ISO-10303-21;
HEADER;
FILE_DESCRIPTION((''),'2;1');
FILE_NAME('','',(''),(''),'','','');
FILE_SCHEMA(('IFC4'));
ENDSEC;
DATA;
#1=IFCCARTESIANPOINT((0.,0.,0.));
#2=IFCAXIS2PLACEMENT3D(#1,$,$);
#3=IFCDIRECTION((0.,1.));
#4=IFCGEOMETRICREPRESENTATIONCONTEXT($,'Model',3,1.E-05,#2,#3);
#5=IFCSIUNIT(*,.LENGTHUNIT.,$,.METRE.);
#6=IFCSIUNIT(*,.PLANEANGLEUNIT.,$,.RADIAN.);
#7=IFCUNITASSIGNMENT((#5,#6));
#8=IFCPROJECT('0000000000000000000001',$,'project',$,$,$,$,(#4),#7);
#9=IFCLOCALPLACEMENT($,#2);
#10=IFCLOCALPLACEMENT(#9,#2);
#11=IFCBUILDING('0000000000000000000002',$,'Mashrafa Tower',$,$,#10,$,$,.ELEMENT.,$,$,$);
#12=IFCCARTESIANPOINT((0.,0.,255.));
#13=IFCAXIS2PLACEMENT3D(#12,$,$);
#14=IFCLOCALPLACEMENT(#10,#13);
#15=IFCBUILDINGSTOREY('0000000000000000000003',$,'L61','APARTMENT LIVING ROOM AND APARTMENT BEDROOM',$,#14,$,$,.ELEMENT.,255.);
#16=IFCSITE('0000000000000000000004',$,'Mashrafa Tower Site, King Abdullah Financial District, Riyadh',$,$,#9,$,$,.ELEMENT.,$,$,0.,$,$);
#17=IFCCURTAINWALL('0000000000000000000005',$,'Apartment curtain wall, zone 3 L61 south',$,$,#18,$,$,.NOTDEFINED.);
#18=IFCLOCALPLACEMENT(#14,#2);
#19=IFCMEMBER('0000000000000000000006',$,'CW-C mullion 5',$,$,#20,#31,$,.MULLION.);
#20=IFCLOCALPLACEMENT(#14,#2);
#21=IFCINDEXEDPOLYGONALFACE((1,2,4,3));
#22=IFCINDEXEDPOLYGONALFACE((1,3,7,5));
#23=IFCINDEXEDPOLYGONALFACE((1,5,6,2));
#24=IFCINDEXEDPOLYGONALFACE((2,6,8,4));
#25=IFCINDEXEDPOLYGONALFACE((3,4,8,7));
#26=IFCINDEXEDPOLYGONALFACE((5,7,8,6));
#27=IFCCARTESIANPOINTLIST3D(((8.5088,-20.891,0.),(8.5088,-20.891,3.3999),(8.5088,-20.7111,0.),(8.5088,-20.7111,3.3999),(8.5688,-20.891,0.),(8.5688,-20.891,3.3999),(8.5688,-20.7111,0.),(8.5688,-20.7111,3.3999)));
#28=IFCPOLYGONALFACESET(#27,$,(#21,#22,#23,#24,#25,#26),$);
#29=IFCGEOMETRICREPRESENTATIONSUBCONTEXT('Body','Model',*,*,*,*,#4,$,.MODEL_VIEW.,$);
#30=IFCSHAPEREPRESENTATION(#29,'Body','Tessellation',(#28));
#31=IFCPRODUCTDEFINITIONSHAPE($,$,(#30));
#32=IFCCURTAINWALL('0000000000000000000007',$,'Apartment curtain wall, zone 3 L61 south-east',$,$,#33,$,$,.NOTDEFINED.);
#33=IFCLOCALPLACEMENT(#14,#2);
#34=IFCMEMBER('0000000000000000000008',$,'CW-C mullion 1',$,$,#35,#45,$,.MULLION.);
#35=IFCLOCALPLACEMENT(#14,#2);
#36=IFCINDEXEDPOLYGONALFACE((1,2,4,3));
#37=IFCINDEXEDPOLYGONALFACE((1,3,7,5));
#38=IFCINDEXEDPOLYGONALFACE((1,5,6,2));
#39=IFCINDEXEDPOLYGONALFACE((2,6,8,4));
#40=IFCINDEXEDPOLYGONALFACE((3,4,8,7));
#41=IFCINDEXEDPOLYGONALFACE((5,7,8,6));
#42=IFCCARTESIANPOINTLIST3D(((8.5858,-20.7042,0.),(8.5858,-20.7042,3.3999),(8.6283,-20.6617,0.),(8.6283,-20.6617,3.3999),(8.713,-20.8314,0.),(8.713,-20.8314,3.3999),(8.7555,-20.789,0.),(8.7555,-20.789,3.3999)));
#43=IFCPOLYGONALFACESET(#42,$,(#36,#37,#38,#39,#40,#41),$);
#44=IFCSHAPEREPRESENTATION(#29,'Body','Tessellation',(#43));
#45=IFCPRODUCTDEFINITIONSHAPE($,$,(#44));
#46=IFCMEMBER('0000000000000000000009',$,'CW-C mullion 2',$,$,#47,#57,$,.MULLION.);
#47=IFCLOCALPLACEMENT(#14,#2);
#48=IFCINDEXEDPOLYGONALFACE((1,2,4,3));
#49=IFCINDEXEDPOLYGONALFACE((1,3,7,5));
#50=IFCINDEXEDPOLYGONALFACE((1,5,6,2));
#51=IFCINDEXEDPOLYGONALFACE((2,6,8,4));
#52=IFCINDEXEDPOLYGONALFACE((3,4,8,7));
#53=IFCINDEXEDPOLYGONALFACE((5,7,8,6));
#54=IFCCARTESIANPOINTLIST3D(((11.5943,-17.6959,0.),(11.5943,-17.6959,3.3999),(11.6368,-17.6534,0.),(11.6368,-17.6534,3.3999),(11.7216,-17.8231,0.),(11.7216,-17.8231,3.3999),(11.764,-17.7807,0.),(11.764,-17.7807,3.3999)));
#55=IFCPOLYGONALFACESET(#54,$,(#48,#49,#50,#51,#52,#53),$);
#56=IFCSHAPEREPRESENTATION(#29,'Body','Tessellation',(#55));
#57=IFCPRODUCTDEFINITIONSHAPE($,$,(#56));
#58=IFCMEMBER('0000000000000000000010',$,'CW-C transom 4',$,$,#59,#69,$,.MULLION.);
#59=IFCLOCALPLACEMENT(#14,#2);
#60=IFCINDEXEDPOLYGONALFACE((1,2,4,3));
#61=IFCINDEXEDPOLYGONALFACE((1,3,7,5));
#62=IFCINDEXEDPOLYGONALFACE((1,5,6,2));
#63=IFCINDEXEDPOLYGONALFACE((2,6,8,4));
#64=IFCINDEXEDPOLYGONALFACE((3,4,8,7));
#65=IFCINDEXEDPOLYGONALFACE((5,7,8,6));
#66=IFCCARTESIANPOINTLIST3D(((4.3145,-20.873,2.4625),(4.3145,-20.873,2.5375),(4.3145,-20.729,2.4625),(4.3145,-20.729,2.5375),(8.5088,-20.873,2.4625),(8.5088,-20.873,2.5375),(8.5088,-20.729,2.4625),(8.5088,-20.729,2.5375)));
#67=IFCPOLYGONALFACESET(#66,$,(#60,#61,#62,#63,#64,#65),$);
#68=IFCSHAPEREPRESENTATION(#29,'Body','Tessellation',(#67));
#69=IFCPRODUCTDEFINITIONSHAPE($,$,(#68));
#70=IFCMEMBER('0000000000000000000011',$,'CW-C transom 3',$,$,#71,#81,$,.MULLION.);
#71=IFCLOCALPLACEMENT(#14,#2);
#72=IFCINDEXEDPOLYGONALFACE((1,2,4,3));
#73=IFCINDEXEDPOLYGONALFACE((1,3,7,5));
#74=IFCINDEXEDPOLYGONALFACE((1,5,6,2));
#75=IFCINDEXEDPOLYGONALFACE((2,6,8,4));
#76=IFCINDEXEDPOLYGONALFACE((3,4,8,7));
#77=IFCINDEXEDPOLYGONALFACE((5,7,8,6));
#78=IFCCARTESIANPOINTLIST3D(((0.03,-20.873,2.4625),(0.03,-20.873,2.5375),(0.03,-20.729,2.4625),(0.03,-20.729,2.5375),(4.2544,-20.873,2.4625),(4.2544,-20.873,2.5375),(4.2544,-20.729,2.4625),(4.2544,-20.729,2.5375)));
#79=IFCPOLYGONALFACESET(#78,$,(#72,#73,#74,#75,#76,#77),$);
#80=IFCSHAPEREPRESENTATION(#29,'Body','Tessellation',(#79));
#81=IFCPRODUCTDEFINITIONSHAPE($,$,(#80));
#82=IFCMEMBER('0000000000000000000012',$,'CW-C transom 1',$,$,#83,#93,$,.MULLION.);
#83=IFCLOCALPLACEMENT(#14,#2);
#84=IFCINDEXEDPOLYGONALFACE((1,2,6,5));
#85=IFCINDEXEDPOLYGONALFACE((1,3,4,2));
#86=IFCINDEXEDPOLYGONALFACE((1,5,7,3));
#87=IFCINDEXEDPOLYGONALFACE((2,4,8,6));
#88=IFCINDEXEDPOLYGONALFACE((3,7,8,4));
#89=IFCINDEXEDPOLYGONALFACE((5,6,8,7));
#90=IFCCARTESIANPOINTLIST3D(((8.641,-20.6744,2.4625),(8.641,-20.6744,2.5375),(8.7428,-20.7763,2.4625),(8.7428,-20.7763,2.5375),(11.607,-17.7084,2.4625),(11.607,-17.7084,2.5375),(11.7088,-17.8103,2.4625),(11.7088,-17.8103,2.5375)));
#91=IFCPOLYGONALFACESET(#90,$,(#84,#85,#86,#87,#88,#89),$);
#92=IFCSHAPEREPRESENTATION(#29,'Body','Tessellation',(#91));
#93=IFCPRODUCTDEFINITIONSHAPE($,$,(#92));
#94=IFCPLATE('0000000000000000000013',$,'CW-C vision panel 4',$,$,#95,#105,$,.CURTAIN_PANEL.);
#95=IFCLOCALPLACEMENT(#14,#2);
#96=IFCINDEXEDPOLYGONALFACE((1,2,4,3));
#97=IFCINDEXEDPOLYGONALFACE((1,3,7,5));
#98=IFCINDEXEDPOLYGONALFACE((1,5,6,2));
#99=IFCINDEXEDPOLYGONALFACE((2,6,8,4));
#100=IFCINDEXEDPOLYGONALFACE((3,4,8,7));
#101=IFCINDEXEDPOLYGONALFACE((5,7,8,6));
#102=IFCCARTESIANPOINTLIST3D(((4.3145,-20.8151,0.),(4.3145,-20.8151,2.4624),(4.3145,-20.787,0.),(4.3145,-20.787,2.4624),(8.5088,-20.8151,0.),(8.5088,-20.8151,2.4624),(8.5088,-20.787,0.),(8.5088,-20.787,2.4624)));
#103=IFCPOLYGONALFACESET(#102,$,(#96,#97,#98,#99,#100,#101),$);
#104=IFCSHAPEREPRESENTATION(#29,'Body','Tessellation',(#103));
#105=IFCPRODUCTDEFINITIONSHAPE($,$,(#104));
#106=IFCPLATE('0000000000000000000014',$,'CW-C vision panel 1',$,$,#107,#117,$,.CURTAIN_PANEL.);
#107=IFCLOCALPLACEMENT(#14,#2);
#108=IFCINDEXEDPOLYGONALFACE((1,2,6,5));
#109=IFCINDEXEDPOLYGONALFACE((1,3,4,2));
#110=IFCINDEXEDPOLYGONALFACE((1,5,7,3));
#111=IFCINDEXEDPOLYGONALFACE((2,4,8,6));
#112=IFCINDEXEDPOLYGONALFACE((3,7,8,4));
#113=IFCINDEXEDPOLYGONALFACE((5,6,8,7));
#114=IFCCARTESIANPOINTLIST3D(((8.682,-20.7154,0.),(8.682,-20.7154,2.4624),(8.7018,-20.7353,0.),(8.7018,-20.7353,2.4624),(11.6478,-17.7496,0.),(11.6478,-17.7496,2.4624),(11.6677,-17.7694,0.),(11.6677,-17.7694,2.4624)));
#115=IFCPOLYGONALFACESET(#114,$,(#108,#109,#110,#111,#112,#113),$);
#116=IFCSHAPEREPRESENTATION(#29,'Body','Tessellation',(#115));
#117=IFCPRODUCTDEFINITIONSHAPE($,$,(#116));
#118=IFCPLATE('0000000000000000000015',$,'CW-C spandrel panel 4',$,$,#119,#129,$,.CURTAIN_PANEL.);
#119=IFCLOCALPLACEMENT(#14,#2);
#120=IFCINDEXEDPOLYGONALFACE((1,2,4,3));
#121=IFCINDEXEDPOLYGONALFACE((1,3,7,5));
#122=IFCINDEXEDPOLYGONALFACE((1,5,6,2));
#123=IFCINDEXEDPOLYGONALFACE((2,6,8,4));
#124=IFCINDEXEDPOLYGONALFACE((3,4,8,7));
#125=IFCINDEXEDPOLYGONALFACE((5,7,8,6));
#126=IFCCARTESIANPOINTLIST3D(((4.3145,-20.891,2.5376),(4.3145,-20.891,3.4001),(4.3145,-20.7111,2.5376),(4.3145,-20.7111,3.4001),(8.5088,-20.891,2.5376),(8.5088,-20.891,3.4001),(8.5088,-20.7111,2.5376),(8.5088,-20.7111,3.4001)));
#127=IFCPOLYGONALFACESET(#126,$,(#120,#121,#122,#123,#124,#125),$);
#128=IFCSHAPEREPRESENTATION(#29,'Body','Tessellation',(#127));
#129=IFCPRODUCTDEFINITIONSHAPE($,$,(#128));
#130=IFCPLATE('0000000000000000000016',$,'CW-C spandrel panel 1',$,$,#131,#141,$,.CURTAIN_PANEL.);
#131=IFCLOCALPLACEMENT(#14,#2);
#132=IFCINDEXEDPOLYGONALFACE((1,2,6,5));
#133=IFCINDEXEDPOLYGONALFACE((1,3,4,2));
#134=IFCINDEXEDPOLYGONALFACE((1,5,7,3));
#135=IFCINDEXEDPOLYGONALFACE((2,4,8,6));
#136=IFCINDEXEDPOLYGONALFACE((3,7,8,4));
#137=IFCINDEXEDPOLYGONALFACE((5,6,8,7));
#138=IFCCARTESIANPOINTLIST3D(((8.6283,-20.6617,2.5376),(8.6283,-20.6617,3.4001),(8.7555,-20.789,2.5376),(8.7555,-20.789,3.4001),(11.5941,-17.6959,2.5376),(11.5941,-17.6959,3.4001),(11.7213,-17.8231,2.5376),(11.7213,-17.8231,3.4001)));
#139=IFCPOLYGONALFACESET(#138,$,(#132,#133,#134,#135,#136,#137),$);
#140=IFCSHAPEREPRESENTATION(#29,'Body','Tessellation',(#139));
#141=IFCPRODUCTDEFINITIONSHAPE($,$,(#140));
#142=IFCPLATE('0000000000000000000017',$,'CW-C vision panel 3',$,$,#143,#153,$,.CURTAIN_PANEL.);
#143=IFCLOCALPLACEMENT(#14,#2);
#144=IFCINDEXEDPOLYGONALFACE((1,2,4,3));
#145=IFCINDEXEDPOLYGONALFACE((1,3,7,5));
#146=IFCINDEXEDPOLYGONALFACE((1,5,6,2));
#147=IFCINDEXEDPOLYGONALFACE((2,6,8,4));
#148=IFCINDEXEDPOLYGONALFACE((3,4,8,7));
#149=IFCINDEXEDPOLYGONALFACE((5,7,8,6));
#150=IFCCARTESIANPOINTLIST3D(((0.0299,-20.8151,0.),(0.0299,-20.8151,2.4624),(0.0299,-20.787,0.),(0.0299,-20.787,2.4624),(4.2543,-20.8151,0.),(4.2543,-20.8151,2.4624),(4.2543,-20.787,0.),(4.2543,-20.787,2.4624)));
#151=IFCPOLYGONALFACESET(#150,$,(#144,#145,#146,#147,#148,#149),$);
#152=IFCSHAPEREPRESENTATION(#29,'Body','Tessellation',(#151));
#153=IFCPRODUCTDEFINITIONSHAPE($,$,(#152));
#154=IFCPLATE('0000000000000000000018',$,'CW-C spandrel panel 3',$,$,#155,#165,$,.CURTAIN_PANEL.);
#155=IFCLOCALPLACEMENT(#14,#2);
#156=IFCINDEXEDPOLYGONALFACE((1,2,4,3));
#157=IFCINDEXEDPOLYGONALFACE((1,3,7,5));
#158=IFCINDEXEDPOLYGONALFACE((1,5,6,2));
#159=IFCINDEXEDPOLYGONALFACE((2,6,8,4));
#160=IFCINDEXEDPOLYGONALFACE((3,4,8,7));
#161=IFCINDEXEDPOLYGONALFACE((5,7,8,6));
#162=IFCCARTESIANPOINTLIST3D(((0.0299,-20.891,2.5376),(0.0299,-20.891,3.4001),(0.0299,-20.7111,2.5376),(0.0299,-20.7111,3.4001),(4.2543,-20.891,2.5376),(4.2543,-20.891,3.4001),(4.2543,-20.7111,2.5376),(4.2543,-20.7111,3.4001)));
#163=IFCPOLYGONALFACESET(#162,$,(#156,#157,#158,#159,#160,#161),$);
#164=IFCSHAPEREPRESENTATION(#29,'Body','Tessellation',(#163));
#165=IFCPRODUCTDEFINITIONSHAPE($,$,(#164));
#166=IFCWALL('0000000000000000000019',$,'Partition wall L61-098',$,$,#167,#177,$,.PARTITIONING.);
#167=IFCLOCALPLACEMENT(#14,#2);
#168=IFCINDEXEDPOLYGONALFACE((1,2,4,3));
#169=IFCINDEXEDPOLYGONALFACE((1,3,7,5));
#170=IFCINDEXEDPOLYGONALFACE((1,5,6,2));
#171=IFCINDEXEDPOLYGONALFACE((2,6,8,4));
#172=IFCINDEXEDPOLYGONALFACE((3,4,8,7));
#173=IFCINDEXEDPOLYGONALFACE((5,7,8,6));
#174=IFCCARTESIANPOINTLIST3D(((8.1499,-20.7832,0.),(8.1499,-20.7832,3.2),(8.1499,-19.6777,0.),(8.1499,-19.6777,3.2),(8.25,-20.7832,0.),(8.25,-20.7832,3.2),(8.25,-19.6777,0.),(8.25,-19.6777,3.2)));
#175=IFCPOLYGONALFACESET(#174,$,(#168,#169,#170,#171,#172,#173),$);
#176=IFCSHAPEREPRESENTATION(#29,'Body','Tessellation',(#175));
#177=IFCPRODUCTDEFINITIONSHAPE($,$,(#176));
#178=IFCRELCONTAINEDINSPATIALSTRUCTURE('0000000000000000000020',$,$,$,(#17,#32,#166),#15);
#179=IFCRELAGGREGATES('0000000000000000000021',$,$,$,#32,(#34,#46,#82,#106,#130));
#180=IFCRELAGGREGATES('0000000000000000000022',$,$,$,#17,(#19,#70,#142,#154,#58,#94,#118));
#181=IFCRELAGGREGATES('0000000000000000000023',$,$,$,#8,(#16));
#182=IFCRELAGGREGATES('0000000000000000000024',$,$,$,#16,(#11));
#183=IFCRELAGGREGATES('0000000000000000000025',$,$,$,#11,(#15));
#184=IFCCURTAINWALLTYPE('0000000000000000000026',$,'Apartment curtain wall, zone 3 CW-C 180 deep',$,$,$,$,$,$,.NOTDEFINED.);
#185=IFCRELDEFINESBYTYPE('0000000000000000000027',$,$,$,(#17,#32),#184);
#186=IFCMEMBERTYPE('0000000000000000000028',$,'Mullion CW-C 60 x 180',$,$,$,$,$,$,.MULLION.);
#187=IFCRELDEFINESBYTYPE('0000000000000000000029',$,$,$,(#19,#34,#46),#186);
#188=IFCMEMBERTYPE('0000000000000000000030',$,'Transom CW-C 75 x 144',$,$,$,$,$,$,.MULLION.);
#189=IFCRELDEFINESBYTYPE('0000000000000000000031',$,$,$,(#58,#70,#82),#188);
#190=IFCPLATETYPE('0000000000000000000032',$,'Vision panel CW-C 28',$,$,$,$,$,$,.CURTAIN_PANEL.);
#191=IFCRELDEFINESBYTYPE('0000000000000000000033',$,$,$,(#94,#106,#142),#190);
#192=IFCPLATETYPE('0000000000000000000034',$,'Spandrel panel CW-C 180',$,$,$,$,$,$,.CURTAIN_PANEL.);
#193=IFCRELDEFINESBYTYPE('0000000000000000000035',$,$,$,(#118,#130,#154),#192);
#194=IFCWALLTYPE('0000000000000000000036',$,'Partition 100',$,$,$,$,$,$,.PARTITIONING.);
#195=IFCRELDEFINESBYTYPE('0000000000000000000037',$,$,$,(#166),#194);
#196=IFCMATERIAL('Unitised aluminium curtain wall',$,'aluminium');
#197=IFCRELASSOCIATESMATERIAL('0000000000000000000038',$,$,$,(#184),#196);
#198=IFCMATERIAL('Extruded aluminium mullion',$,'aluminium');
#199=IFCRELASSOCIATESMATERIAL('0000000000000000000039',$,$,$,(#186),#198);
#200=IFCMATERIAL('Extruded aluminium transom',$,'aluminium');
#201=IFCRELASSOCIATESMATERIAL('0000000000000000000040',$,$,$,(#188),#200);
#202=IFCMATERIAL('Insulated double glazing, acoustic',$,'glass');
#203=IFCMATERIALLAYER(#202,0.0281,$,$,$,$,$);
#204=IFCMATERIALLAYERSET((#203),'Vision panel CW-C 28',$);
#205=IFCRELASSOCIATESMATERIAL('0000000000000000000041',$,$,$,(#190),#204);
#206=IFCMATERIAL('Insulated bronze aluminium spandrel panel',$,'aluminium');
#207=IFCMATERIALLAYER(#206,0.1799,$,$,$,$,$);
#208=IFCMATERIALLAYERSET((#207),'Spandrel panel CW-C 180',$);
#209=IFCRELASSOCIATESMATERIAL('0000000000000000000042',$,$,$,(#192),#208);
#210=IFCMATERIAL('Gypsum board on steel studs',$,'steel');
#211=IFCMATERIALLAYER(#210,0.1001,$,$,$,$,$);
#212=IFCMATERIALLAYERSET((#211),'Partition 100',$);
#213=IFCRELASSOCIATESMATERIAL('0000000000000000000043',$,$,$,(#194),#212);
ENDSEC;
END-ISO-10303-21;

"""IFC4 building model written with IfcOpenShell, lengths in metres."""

from ifc_helpers import new_model, si_unit, direction, frame, frame_2d, origin, origin_2d, place, context, subcontext, project, spatial, rectangle, extrude, source, transform, mapped, material, layer, layer_set, material_profile, profile_set, type_object, type_shapes, element, aggregate, save


model = new_model("IFC4")

# Units and contexts
model_context = context("Model", 3, precision=1e-05, world=origin(), true_north=direction((0.0, 1.0)))
body_context = subcontext(model_context, "Body", "Model", "MODEL_VIEW")
ifc_project = project(units=[si_unit("LENGTHUNIT", "METRE"), si_unit("PLANEANGLEUNIT", "RADIAN")], contexts=[model_context])

# Site, building, storey
site_placement = place(None, origin())
site = spatial("IfcSite", under=ifc_project, at=site_placement, Name="Mashrafa Tower Site, King Abdullah Financial District, Riyadh", CompositionType="ELEMENT", RefElevation=0.0)
building_placement = place(site_placement, origin())
building = spatial("IfcBuilding", under=site, at=building_placement, Name="Mashrafa Tower", CompositionType="ELEMENT")
storey_placement = place(building_placement, frame((0.0, 0.0, 255.0)))
storey = spatial("IfcBuildingStorey", under=building, at=storey_placement, Name="L61", Description="APARTMENT LIVING ROOM AND APARTMENT BEDROOM", CompositionType="ELEMENT", Elevation=255.0)

# Curtain walls, members
ifc_material_1 = material(Name="Unitised aluminium curtain wall", Category="aluminium")
curtain_wall_type = type_object("IfcCurtainWallType", Name="Apartment curtain wall, zone 3 CW-C 180 deep", PredefinedType="NOTDEFINED", material=ifc_material_1)
curtain_wall_1_placement = place(storey_placement, origin())
curtain_wall_1 = element("IfcCurtainWall", 1, at=curtain_wall_1_placement, inside=storey, type_object=curtain_wall_type, Name="Apartment curtain wall, zone 3 L61 south", PredefinedType="NOTDEFINED")
ifc_material_2 = material(Name="Extruded aluminium mullion", Category="aluminium")
ifc_material_profile_1 = material_profile(ifc_material_2, rectangle(XDim=0.1799, YDim=0.0601, at=origin_2d()), Name="Mullion 60x180")
ifc_profile_set_1 = profile_set([ifc_material_profile_1], Name="Extruded aluminium mullion")
member_type_1 = type_object("IfcMemberType", Name="Mullion CW-C 60 x 180", PredefinedType="MULLION", material=ifc_profile_set_1)
shared_shape_1 = source(origin(), body_context, "Body", "SweptSolid", [
    extrude(rectangle(XDim=0.1799, YDim=0.0601, at=origin_2d()), origin(), (0.0, 0.0, 1.0), 3.3999),
])
type_shapes(member_type_1, [shared_shape_1])
member_1_placement = place(storey_placement, frame((8.5388, -20.801, 0.0), z_axis=(0.0, 0.0, 1.0), x_axis=(0.0, 1.0, 0.0)))
member_1 = element("IfcMember", 2, at=member_1_placement, type_object=member_type_1, Name="CW-C mullion 5", PredefinedType="MULLION", context=body_context, shape_type="MappedRepresentation", body=[
    mapped(shared_shape_1, transform((0.0, 0.0, 0.0))),
])
curtain_wall_2_placement = place(storey_placement, origin())
curtain_wall_2 = element("IfcCurtainWall", 3, at=curtain_wall_2_placement, inside=storey, type_object=curtain_wall_type, Name="Apartment curtain wall, zone 3 L61 south-east", PredefinedType="NOTDEFINED")
member_2_placement = place(storey_placement, frame((8.6707, -20.7466, 0.0), z_axis=(0.0, 0.0, 1.0), x_axis=(-0.707107, 0.707107, 0.0)))
member_2 = element("IfcMember", 4, at=member_2_placement, type_object=member_type_1, Name="CW-C mullion 1", PredefinedType="MULLION", context=body_context, shape_type="MappedRepresentation", body=[
    mapped(shared_shape_1, transform((0.0, 0.0, 0.0))),
])
member_3_placement = place(storey_placement, frame((11.6792, -17.7383, 0.0), z_axis=(0.0, 0.0, 1.0), x_axis=(-0.707107, 0.707107, 0.0)))
member_3 = element("IfcMember", 5, at=member_3_placement, type_object=member_type_1, Name="CW-C mullion 2", PredefinedType="MULLION", context=body_context, shape_type="MappedRepresentation", body=[
    mapped(shared_shape_1, transform((0.0, 0.0, 0.0))),
])

# Members
ifc_material_3 = material(Name="Extruded aluminium transom", Category="aluminium")
ifc_material_profile_2 = material_profile(ifc_material_3, rectangle(XDim=0.144, YDim=0.075, at=origin_2d()), Name="Transom 75x144")
ifc_profile_set_2 = profile_set([ifc_material_profile_2], Name="Extruded aluminium transom")
member_type_2 = type_object("IfcMemberType", Name="Transom CW-C 75 x 144", PredefinedType="MULLION", material=ifc_profile_set_2)
shared_shape_2 = source(origin(), body_context, "Body", "SweptSolid", [
    extrude(rectangle(XDim=0.144, YDim=0.075, at=origin_2d()), origin(), (0.0, 0.0, 1.0), 4.1943),
])
member_4_placement = place(storey_placement, frame((4.3145, -20.801, 2.5), z_axis=(1.0, 0.0, 0.0), x_axis=(0.0, 1.0, 0.0)))
member_4 = element("IfcMember", 6, at=member_4_placement, type_object=member_type_2, Name="CW-C transom 4", PredefinedType="MULLION", context=body_context, shape_type="MappedRepresentation", body=[
    mapped(shared_shape_2, transform((0.0, 0.0, 0.0))),
])
shared_shape_3 = source(origin(), body_context, "Body", "SweptSolid", [
    extrude(rectangle(XDim=0.144, YDim=0.075, at=origin_2d()), origin(), (0.0, 0.0, 1.0), 4.2244),
])
member_5_placement = place(storey_placement, frame((0.03, -20.801, 2.5), z_axis=(1.0, 0.0, 0.0), x_axis=(0.0, 1.0, 0.0)))
member_5 = element("IfcMember", 7, at=member_5_placement, type_object=member_type_2, Name="CW-C transom 3", PredefinedType="MULLION", context=body_context, shape_type="MappedRepresentation", body=[
    mapped(shared_shape_3, transform((0.0, 0.0, 0.0))),
])
shared_shape_4 = source(origin(), body_context, "Body", "SweptSolid", [
    extrude(rectangle(XDim=0.144, YDim=0.075, at=origin_2d()), origin(), (0.0, 0.0, 1.0), 4.1946),
])
type_shapes(member_type_2, [shared_shape_2, shared_shape_3, shared_shape_4])
member_6_placement = place(storey_placement, frame((8.6919, -20.7253, 2.5), z_axis=(0.707107, 0.707107, 0.0), x_axis=(-0.707107, 0.707107, 0.0)))
member_6 = element("IfcMember", 8, at=member_6_placement, type_object=member_type_2, Name="CW-C transom 1", PredefinedType="MULLION", context=body_context, shape_type="MappedRepresentation", body=[
    mapped(shared_shape_4, transform((0.0, 0.0, 0.0))),
])

# Plates
ifc_material_4 = material(Name="Insulated double glazing, acoustic", Category="glass")
ifc_layer_1 = layer(ifc_material_4, 0.0281)
ifc_layer_set_1 = layer_set([ifc_layer_1], Name="Vision panel CW-C 28")
plate_type_1 = type_object("IfcPlateType", Name="Vision panel CW-C 28", PredefinedType="CURTAIN_PANEL", material=ifc_layer_set_1)
shared_shape_5 = source(origin(), body_context, "Body", "SweptSolid", [
    extrude(rectangle(XDim=4.1943, YDim=0.0281, at=origin_2d()), origin(), (0.0, 0.0, 1.0), 2.4624),
])
plate_1_placement = place(storey_placement, frame((6.4116, -20.801, 0.0), z_axis=(0.0, 0.0, 1.0), x_axis=(1.0, 0.0, 0.0)))
plate_1 = element("IfcPlate", 9, at=plate_1_placement, type_object=plate_type_1, Name="CW-C vision panel 4", PredefinedType="CURTAIN_PANEL", context=body_context, shape_type="MappedRepresentation", body=[
    mapped(shared_shape_5, transform((0.0, 0.0, 0.0))),
])
plate_2_placement = place(storey_placement, frame((10.1748, -19.2424, 0.0), z_axis=(0.0, 0.0, 1.0), x_axis=(0.707107, 0.707107, 0.0)))
plate_2 = element("IfcPlate", 10, at=plate_2_placement, type_object=plate_type_1, Name="CW-C vision panel 1", PredefinedType="CURTAIN_PANEL", context=body_context, shape_type="MappedRepresentation", body=[
    mapped(shared_shape_5, transform((0.0, 0.0, 0.0))),
])
ifc_material_5 = material(Name="Insulated bronze aluminium spandrel panel", Category="aluminium")
ifc_layer_2 = layer(ifc_material_5, 0.1799)
ifc_layer_set_2 = layer_set([ifc_layer_2], Name="Spandrel panel CW-C 180")
plate_type_2 = type_object("IfcPlateType", Name="Spandrel panel CW-C 180", PredefinedType="CURTAIN_PANEL", material=ifc_layer_set_2)
shared_shape_6 = source(origin(), body_context, "Body", "SweptSolid", [
    extrude(rectangle(XDim=4.1943, YDim=0.1799, at=origin_2d()), origin(), (0.0, 0.0, 1.0), 0.8625),
])
plate_3_placement = place(storey_placement, frame((6.4116, -20.801, 2.5376), z_axis=(0.0, 0.0, 1.0), x_axis=(1.0, 0.0, 0.0)))
plate_3 = element("IfcPlate", 11, at=plate_3_placement, type_object=plate_type_2, Name="CW-C spandrel panel 4", PredefinedType="CURTAIN_PANEL", context=body_context, shape_type="MappedRepresentation", body=[
    mapped(shared_shape_6, transform((0.0, 0.0, 0.0))),
])
plate_4_placement = place(storey_placement, frame((10.1748, -19.2424, 2.5376), z_axis=(0.0, 0.0, 1.0), x_axis=(0.707107, 0.707107, 0.0)))
plate_4 = element("IfcPlate", 12, at=plate_4_placement, type_object=plate_type_2, Name="CW-C spandrel panel 1", PredefinedType="CURTAIN_PANEL", context=body_context, shape_type="MappedRepresentation", body=[
    mapped(shared_shape_6, transform((0.0, 0.0, 0.0))),
])
aggregate(curtain_wall_2, [member_2, member_3, member_6, plate_2, plate_4])
shared_shape_7 = source(origin(), body_context, "Body", "SweptSolid", [
    extrude(rectangle(XDim=4.2244, YDim=0.0281, at=origin_2d()), origin(), (0.0, 0.0, 1.0), 2.4624),
])
type_shapes(plate_type_1, [shared_shape_5, shared_shape_7])
plate_5_placement = place(storey_placement, frame((2.1421, -20.801, 0.0), z_axis=(0.0, 0.0, 1.0), x_axis=(1.0, 0.0, 0.0)))
plate_5 = element("IfcPlate", 13, at=plate_5_placement, type_object=plate_type_1, Name="CW-C vision panel 3", PredefinedType="CURTAIN_PANEL", context=body_context, shape_type="MappedRepresentation", body=[
    mapped(shared_shape_7, transform((0.0, 0.0, 0.0))),
])
shared_shape_8 = source(origin(), body_context, "Body", "SweptSolid", [
    extrude(rectangle(XDim=4.2244, YDim=0.1799, at=origin_2d()), origin(), (0.0, 0.0, 1.0), 0.8625),
])
type_shapes(plate_type_2, [shared_shape_6, shared_shape_8])
plate_6_placement = place(storey_placement, frame((2.1421, -20.801, 2.5376), z_axis=(0.0, 0.0, 1.0), x_axis=(1.0, 0.0, 0.0)))
plate_6 = element("IfcPlate", 14, at=plate_6_placement, type_object=plate_type_2, Name="CW-C spandrel panel 3", PredefinedType="CURTAIN_PANEL", context=body_context, shape_type="MappedRepresentation", body=[
    mapped(shared_shape_8, transform((0.0, 0.0, 0.0))),
])
aggregate(curtain_wall_1, [member_1, member_5, plate_5, plate_6, member_4, plate_1, plate_3])

# Wall
ifc_material_6 = material(Name="Gypsum board on steel studs", Category="steel")
ifc_layer_3 = layer(ifc_material_6, 0.1001)
ifc_layer_set_3 = layer_set([ifc_layer_3], Name="Partition 100")
wall_type = type_object("IfcWallType", Name="Partition 100", PredefinedType="PARTITIONING", material=ifc_layer_set_3)
wall_1_placement = place(storey_placement, frame((8.2, -19.6777, 0.0), z_axis=(0.0, 0.0, 1.0), x_axis=(0.0, -1.0, 0.0)))
element("IfcWall", 15, at=wall_1_placement, inside=storey, type_object=wall_type, Name="Partition wall L61-098", PredefinedType="PARTITIONING", context=body_context, shape_type="SweptSolid", body=[
    extrude(rectangle(XDim=1.1055, YDim=0.1001, at=frame_2d((0.5527, 0.0))), origin(), (0.0, 0.0, 1.0), 3.2),
])

save(model, "model.ifc")
